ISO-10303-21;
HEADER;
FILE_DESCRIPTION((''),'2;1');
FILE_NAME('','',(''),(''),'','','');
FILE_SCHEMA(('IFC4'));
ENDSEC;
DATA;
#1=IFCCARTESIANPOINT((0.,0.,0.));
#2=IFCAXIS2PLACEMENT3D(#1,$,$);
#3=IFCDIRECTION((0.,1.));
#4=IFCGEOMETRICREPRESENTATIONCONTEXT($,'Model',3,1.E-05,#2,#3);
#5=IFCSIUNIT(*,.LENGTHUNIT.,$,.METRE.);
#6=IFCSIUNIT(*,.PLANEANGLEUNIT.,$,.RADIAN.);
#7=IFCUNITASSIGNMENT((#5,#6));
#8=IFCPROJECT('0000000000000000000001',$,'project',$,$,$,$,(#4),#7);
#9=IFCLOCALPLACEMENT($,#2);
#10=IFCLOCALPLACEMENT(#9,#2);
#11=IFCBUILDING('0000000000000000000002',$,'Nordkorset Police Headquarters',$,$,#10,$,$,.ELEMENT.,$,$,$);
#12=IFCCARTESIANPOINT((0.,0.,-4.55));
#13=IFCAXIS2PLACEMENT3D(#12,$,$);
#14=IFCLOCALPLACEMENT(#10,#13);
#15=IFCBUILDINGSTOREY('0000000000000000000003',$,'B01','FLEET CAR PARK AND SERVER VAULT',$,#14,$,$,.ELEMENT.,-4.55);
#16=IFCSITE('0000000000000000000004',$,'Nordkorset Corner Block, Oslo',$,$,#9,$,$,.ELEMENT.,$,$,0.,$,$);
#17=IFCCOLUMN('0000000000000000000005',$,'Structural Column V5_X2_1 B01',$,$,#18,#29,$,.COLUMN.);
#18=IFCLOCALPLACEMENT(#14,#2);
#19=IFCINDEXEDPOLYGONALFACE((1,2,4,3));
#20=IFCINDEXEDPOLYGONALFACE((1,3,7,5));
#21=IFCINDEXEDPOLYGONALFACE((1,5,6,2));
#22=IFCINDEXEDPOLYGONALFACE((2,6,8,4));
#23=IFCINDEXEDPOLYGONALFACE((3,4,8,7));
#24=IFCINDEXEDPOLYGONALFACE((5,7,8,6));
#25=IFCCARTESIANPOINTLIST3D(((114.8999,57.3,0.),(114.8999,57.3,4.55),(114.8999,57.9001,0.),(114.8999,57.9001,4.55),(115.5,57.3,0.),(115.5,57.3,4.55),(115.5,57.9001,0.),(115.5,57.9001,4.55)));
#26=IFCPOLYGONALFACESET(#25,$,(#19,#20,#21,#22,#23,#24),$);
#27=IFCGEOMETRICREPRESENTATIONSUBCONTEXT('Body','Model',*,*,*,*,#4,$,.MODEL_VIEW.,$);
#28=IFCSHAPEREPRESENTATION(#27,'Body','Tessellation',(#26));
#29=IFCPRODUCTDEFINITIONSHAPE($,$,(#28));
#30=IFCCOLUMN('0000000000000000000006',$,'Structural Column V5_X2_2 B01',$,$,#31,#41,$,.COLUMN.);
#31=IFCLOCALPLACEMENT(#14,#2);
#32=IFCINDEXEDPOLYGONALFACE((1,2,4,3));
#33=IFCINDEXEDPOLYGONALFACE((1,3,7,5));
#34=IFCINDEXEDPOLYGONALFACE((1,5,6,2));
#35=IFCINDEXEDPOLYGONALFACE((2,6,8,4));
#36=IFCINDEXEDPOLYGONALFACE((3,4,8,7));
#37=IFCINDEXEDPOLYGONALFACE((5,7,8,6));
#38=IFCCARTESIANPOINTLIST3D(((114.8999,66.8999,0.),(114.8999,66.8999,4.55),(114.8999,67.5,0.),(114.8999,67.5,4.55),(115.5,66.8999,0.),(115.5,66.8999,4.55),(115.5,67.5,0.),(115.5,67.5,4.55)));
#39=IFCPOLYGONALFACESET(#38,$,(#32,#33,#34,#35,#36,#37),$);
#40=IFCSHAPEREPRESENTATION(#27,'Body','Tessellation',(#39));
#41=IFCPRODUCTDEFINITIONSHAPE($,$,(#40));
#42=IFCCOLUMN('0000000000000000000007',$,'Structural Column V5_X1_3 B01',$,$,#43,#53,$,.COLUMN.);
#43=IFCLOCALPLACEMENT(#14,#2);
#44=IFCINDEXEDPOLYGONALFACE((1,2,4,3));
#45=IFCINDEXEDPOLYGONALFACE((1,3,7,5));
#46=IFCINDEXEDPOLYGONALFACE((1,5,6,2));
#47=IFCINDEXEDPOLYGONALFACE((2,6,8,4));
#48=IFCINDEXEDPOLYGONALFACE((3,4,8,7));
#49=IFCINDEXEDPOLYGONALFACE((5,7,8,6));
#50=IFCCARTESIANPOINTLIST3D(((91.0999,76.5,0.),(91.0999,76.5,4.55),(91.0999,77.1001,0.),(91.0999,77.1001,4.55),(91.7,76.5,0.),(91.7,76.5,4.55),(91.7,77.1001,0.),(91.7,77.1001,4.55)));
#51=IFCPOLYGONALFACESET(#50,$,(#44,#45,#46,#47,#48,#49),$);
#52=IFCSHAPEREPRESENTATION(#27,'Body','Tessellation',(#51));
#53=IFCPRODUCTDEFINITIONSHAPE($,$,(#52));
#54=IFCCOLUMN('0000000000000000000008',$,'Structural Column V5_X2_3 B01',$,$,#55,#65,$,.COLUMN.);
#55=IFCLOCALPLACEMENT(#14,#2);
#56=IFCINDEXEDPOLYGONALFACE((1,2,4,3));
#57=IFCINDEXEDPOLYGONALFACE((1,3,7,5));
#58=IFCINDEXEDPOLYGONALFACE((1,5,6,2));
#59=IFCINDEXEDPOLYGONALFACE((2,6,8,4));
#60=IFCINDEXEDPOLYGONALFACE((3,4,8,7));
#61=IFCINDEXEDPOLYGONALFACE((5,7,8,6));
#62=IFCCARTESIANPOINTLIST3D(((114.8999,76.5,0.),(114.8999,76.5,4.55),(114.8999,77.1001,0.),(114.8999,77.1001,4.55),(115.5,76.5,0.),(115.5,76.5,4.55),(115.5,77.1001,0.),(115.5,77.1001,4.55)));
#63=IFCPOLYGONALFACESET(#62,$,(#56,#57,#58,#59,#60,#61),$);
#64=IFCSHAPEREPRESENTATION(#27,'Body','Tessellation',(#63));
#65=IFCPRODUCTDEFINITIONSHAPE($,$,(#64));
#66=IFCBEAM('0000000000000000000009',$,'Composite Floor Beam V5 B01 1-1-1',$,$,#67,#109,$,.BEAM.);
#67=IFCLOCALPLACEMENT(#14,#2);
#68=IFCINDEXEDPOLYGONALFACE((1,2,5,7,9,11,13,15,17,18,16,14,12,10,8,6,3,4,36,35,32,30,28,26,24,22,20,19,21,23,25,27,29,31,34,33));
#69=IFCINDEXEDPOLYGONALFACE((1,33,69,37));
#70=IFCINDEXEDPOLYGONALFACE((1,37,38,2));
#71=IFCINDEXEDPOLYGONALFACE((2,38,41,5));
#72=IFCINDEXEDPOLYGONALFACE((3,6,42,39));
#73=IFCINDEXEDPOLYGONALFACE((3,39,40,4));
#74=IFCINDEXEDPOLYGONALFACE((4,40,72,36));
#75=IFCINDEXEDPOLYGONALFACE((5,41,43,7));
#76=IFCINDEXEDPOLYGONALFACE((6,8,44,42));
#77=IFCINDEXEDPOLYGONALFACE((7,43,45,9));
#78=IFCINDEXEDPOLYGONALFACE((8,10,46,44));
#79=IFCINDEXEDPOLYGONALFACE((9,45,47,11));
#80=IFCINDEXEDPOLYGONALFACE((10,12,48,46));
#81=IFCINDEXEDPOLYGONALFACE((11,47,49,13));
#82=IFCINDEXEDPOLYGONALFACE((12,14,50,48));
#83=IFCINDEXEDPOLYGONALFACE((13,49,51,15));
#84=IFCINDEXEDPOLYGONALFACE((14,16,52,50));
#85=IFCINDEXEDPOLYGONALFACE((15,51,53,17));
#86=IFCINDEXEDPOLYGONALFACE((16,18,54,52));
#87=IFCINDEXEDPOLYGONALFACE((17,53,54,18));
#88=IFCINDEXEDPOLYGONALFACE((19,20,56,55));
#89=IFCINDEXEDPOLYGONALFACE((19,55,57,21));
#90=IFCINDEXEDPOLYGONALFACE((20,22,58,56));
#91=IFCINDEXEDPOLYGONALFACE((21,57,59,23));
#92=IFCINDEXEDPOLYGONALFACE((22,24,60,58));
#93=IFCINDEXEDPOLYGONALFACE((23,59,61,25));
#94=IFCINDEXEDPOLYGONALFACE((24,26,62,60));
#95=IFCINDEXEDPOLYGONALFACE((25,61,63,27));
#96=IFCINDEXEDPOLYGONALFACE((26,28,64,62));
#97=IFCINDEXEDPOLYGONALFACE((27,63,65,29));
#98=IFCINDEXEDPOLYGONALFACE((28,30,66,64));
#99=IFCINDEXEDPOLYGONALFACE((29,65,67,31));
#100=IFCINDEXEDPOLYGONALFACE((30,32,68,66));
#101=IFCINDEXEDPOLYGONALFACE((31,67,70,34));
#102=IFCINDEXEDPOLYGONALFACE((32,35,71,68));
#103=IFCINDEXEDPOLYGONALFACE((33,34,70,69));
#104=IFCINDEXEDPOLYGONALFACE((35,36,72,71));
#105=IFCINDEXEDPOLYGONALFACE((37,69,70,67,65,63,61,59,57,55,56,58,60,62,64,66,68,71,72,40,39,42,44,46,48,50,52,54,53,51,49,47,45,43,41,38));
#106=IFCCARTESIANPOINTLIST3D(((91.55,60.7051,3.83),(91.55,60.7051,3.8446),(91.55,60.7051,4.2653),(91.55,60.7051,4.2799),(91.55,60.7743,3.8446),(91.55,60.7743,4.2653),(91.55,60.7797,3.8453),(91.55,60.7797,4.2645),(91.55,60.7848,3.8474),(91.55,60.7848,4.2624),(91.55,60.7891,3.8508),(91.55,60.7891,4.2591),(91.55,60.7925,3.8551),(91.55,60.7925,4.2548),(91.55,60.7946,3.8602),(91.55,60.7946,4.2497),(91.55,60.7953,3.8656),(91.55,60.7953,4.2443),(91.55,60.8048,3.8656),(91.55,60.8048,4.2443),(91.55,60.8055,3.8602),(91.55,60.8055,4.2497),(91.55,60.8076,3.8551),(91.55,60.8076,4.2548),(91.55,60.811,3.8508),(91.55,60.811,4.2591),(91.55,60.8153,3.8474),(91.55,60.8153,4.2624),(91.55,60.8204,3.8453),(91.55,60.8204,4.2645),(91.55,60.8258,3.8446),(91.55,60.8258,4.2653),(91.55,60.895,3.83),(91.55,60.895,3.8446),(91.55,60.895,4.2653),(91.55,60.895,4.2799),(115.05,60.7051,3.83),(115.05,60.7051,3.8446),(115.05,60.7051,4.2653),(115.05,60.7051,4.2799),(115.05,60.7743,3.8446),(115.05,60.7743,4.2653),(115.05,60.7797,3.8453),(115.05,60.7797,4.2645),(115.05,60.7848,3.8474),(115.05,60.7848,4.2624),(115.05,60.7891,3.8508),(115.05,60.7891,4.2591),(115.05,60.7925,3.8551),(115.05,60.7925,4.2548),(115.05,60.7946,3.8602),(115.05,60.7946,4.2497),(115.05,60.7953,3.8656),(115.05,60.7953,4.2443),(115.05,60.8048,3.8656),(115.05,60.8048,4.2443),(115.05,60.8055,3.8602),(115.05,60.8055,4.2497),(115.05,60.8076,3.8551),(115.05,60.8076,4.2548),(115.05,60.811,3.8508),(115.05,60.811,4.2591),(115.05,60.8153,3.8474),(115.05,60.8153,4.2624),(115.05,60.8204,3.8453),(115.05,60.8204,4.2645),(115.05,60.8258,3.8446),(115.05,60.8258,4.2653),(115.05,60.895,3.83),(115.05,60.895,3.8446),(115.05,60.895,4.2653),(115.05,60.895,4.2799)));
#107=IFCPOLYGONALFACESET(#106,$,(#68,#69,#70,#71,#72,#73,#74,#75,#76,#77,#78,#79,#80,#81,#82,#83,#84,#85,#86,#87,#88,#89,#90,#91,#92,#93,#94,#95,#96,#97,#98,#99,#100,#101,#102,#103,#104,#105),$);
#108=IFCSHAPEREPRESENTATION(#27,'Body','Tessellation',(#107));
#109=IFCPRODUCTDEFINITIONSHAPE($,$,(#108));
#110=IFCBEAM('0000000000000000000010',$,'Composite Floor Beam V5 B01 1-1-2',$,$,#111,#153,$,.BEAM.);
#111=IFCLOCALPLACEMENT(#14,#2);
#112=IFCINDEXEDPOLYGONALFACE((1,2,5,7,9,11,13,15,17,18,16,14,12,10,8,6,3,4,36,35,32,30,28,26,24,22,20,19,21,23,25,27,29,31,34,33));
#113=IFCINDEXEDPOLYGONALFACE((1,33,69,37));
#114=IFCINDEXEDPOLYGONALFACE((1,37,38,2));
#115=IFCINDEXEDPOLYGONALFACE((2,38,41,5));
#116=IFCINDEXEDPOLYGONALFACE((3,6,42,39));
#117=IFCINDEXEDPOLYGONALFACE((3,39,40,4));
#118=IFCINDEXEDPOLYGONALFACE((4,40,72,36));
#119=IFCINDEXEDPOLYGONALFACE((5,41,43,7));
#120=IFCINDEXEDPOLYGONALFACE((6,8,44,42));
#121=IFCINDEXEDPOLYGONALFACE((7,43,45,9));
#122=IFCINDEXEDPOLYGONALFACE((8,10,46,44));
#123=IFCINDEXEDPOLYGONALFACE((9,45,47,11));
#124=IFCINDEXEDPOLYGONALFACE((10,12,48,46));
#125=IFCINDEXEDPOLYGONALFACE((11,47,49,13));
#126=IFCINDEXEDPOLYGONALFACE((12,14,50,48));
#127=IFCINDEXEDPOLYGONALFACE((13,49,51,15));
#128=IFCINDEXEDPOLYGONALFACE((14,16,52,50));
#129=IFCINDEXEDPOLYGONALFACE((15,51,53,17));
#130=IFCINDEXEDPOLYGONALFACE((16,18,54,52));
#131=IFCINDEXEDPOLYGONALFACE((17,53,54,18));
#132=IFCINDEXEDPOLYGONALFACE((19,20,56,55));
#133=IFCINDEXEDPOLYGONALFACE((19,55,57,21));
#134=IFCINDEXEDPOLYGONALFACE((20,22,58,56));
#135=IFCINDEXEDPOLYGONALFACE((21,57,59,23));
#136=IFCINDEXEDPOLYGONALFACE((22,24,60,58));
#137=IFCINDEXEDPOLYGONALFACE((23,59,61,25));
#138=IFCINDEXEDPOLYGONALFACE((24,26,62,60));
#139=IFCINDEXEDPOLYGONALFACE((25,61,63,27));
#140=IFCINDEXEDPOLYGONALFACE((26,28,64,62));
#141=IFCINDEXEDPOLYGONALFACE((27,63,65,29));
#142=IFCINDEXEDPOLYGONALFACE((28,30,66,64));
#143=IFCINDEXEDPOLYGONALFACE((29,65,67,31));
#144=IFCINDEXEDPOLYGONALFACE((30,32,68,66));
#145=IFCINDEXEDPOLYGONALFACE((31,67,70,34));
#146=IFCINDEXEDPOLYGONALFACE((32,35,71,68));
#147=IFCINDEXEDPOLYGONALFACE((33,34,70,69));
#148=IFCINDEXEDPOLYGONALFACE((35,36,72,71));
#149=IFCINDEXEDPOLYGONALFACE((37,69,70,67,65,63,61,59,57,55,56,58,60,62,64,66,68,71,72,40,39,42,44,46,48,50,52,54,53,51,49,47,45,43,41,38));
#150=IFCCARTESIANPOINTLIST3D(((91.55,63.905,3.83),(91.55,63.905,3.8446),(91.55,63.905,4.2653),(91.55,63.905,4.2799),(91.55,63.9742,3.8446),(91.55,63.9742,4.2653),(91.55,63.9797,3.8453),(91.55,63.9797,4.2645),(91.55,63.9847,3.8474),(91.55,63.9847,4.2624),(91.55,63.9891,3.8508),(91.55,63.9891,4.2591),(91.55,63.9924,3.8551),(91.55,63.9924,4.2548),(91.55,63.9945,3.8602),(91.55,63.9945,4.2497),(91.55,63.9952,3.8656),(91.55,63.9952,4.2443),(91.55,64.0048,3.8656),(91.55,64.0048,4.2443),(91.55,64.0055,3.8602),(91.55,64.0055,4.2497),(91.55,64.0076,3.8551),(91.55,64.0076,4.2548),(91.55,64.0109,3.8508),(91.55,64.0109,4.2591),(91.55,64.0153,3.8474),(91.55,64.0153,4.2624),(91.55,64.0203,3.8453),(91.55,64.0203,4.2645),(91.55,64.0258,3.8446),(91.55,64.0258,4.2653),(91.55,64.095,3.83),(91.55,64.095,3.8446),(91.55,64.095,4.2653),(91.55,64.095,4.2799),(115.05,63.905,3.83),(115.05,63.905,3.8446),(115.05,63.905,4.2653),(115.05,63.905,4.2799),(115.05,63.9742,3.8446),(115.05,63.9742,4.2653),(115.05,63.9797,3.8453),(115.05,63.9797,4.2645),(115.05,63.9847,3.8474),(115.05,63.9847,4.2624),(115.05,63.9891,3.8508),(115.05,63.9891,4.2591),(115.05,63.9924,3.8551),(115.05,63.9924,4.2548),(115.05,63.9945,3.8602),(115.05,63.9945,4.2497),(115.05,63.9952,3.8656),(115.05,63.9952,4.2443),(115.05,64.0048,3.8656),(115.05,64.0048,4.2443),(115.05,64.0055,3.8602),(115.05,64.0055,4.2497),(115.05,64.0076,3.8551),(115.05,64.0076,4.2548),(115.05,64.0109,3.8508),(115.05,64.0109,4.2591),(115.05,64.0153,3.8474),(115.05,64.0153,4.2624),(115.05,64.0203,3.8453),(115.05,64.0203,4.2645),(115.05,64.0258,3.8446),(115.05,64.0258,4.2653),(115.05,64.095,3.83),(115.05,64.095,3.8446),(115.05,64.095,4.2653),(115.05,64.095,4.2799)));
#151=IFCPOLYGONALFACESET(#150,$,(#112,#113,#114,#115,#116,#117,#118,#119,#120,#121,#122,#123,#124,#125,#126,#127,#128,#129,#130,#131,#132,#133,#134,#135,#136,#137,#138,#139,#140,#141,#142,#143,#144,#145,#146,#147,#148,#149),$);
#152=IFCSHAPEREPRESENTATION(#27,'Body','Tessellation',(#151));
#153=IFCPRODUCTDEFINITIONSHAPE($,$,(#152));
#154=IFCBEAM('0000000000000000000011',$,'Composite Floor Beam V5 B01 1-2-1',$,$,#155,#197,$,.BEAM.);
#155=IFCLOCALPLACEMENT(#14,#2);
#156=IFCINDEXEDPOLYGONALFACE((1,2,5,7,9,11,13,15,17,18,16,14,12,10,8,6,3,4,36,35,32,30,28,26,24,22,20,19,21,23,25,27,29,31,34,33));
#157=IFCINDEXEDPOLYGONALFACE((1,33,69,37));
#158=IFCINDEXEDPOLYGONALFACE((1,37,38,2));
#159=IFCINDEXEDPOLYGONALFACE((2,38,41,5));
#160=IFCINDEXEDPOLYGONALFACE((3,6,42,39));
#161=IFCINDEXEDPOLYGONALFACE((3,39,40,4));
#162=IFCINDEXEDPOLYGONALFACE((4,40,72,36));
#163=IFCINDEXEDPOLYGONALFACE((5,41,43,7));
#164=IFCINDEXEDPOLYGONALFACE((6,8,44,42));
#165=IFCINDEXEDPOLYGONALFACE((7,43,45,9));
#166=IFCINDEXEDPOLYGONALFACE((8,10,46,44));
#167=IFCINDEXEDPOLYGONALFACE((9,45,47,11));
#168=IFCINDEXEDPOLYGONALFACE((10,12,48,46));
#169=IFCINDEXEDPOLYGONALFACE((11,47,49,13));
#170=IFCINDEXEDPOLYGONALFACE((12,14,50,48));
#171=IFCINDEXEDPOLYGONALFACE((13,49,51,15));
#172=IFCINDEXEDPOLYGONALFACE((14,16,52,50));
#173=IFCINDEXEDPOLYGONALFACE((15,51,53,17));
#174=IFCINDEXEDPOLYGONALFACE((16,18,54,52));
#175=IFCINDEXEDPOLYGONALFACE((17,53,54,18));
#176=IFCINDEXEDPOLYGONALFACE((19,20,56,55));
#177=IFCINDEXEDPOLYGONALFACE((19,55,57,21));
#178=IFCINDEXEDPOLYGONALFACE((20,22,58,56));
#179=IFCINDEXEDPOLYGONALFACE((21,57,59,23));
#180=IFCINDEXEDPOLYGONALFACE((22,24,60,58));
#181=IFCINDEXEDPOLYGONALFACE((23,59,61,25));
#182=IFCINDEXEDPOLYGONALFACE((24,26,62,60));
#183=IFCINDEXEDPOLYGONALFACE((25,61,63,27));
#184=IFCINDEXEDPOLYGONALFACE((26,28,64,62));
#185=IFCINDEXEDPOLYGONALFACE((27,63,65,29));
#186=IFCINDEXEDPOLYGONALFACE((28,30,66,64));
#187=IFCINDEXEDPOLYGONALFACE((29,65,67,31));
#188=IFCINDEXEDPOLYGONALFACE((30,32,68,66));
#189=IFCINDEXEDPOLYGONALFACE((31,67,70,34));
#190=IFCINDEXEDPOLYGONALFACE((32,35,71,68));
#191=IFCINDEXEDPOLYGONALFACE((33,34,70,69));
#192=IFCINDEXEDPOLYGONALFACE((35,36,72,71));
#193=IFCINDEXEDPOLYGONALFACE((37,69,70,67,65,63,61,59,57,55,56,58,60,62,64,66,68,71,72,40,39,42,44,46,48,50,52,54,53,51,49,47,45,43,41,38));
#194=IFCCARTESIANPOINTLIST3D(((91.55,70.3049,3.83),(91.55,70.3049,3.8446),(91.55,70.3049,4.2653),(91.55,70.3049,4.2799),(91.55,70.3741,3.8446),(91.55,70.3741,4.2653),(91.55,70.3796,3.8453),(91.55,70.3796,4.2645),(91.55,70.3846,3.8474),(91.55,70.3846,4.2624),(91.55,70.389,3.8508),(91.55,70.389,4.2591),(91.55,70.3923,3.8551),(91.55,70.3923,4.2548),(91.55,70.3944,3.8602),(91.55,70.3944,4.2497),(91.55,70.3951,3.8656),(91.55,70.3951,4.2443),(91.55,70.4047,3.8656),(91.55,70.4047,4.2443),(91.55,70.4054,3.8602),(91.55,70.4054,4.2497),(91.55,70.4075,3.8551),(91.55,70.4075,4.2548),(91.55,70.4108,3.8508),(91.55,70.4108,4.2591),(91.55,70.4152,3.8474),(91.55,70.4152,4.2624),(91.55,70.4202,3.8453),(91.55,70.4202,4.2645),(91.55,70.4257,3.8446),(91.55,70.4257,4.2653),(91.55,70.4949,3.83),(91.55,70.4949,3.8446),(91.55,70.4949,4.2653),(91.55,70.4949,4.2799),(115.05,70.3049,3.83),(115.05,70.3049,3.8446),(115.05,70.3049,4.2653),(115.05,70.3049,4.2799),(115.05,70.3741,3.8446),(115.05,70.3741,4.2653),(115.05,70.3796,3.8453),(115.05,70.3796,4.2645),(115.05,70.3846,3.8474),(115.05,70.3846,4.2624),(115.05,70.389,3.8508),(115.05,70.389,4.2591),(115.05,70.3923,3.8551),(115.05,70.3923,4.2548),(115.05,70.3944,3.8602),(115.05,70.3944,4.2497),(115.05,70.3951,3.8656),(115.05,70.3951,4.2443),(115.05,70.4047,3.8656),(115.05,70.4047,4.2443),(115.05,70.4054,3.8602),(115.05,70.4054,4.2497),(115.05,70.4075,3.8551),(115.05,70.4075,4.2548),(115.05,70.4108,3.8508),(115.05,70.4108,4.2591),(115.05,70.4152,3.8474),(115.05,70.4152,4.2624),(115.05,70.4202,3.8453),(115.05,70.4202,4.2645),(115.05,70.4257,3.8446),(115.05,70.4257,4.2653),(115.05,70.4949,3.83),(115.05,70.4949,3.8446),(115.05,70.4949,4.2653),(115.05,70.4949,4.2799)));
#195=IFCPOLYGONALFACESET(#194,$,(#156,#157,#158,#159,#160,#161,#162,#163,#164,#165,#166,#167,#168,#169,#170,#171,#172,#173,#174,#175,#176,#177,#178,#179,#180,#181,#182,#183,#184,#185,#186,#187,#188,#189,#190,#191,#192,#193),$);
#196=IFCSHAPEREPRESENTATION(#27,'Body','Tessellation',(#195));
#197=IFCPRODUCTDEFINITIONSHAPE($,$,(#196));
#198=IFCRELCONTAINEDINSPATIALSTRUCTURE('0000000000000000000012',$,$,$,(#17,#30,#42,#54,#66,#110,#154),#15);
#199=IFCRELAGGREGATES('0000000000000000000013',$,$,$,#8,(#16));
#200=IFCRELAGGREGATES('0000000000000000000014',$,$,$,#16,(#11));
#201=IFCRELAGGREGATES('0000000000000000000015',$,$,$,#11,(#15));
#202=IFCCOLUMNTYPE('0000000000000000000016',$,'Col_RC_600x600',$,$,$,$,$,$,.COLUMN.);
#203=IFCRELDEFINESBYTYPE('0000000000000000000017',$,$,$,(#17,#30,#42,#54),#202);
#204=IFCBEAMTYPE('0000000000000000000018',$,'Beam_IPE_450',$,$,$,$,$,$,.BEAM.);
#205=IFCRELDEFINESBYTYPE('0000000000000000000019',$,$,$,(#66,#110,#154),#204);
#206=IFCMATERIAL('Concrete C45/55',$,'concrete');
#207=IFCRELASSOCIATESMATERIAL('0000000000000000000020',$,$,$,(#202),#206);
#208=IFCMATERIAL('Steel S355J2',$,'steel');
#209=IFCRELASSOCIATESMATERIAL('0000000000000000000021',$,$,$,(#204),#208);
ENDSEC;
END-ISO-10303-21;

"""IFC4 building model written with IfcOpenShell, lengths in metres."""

from ifc_helpers import new_model, si_unit, direction, frame, origin, origin_2d, place, context, subcontext, project, spatial, rectangle, i_section, extrude, material, material_profile, profile_set, type_object, element, save


model = new_model("IFC4")

# Units and contexts
model_context = context("Model", 3, precision=1e-05, world=origin(), true_north=direction((0.0, 1.0)))
body_context = subcontext(model_context, "Body", "Model", "MODEL_VIEW")
ifc_project = project(units=[si_unit("LENGTHUNIT", "METRE"), si_unit("PLANEANGLEUNIT", "RADIAN")], contexts=[model_context])

# Site, building, storey
site_placement = place(None, origin())
site = spatial("IfcSite", under=ifc_project, at=site_placement, Name="Nordkorset Corner Block, Oslo", CompositionType="ELEMENT", RefElevation=0.0)
building_placement = place(site_placement, origin())
building = spatial("IfcBuilding", under=site, at=building_placement, Name="Nordkorset Police Headquarters", CompositionType="ELEMENT")
storey_placement = place(building_placement, frame((0.0, 0.0, -4.55)))
storey = spatial("IfcBuildingStorey", under=building, at=storey_placement, Name="B01", Description="FLEET CAR PARK AND SERVER VAULT", CompositionType="ELEMENT", Elevation=-4.55)

# Columns
ifc_material_1 = material(Name="Concrete C45/55", Category="concrete")
ifc_material_profile_1 = material_profile(ifc_material_1, rectangle(XDim=0.6001, YDim=0.6001, at=origin_2d()), Name="RC 600x600")
ifc_profile_set_1 = profile_set([ifc_material_profile_1], Name="Concrete C45/55")
column_type = type_object("IfcColumnType", Name="Col_RC_600x600", PredefinedType="COLUMN", material=ifc_profile_set_1)
for number, where, z_axis, x_axis, name in (
    (1, (115.2, 57.6001, 0.0), (0.0, 0.0, 1.0), (1.0, 0.0, 0.0), "Structural Column V5_X2_1 B01"),
    (2, (115.2, 67.2, 0.0), (0.0, 0.0, 1.0), (1.0, 0.0, 0.0), "Structural Column V5_X2_2 B01"),
    (3, (91.3999, 76.8, 0.0), (0.0, 0.0, 1.0), (1.0, 0.0, 0.0), "Structural Column V5_X1_3 B01"),
    (4, (115.2, 76.8, 0.0), (0.0, 0.0, 1.0), (1.0, 0.0, 0.0), "Structural Column V5_X2_3 B01"),
):
    element("IfcColumn", number, at=place(storey_placement, frame(where, z_axis=z_axis, x_axis=x_axis)), inside=storey, type_object=column_type, Name=name, PredefinedType="COLUMN", context=body_context, shape_type="SweptSolid", body=[
        extrude(rectangle(XDim=0.6001, YDim=0.6001, at=origin_2d()), origin(), (0.0, 0.0, 1.0), 4.55),
    ])

# Beams
ifc_material_2 = material(Name="Steel S355J2", Category="steel")
ifc_material_profile_2 = material_profile(ifc_material_2, i_section(OverallWidth=0.1899, OverallDepth=0.45, WebThickness=0.0095, FlangeThickness=0.0146, FilletRadius=0.021, at=origin_2d()), Name="IPE 450")
ifc_profile_set_2 = profile_set([ifc_material_profile_2], Name="Steel S355J2")
beam_type_1 = type_object("IfcBeamType", Name="Beam_IPE_450", PredefinedType="BEAM", material=ifc_profile_set_2)
for number, where, z_axis, x_axis, name in (
    (5, (91.55, 60.8, 4.0549), (1.0, 0.0, 0.0), (0.0, 1.0, 0.0), "Composite Floor Beam V5 B01 1-1-1"),
    (6, (91.55, 64.0, 4.0549), (1.0, 0.0, 0.0), (0.0, 1.0, 0.0), "Composite Floor Beam V5 B01 1-1-2"),
    (7, (91.55, 70.3999, 4.0549), (1.0, 0.0, 0.0), (0.0, 1.0, 0.0), "Composite Floor Beam V5 B01 1-2-1"),
):
    element("IfcBeam", number, at=place(storey_placement, frame(where, z_axis=z_axis, x_axis=x_axis)), inside=storey, type_object=beam_type_1, Name=name, PredefinedType="BEAM", context=body_context, shape_type="SweptSolid", body=[
        extrude(i_section(OverallWidth=0.1899, OverallDepth=0.45, WebThickness=0.0095, FlangeThickness=0.0146, FilletRadius=0.021, at=origin_2d()), origin(), (0.0, 0.0, 1.0), 23.5),
    ])

save(model, "model.ifc")
